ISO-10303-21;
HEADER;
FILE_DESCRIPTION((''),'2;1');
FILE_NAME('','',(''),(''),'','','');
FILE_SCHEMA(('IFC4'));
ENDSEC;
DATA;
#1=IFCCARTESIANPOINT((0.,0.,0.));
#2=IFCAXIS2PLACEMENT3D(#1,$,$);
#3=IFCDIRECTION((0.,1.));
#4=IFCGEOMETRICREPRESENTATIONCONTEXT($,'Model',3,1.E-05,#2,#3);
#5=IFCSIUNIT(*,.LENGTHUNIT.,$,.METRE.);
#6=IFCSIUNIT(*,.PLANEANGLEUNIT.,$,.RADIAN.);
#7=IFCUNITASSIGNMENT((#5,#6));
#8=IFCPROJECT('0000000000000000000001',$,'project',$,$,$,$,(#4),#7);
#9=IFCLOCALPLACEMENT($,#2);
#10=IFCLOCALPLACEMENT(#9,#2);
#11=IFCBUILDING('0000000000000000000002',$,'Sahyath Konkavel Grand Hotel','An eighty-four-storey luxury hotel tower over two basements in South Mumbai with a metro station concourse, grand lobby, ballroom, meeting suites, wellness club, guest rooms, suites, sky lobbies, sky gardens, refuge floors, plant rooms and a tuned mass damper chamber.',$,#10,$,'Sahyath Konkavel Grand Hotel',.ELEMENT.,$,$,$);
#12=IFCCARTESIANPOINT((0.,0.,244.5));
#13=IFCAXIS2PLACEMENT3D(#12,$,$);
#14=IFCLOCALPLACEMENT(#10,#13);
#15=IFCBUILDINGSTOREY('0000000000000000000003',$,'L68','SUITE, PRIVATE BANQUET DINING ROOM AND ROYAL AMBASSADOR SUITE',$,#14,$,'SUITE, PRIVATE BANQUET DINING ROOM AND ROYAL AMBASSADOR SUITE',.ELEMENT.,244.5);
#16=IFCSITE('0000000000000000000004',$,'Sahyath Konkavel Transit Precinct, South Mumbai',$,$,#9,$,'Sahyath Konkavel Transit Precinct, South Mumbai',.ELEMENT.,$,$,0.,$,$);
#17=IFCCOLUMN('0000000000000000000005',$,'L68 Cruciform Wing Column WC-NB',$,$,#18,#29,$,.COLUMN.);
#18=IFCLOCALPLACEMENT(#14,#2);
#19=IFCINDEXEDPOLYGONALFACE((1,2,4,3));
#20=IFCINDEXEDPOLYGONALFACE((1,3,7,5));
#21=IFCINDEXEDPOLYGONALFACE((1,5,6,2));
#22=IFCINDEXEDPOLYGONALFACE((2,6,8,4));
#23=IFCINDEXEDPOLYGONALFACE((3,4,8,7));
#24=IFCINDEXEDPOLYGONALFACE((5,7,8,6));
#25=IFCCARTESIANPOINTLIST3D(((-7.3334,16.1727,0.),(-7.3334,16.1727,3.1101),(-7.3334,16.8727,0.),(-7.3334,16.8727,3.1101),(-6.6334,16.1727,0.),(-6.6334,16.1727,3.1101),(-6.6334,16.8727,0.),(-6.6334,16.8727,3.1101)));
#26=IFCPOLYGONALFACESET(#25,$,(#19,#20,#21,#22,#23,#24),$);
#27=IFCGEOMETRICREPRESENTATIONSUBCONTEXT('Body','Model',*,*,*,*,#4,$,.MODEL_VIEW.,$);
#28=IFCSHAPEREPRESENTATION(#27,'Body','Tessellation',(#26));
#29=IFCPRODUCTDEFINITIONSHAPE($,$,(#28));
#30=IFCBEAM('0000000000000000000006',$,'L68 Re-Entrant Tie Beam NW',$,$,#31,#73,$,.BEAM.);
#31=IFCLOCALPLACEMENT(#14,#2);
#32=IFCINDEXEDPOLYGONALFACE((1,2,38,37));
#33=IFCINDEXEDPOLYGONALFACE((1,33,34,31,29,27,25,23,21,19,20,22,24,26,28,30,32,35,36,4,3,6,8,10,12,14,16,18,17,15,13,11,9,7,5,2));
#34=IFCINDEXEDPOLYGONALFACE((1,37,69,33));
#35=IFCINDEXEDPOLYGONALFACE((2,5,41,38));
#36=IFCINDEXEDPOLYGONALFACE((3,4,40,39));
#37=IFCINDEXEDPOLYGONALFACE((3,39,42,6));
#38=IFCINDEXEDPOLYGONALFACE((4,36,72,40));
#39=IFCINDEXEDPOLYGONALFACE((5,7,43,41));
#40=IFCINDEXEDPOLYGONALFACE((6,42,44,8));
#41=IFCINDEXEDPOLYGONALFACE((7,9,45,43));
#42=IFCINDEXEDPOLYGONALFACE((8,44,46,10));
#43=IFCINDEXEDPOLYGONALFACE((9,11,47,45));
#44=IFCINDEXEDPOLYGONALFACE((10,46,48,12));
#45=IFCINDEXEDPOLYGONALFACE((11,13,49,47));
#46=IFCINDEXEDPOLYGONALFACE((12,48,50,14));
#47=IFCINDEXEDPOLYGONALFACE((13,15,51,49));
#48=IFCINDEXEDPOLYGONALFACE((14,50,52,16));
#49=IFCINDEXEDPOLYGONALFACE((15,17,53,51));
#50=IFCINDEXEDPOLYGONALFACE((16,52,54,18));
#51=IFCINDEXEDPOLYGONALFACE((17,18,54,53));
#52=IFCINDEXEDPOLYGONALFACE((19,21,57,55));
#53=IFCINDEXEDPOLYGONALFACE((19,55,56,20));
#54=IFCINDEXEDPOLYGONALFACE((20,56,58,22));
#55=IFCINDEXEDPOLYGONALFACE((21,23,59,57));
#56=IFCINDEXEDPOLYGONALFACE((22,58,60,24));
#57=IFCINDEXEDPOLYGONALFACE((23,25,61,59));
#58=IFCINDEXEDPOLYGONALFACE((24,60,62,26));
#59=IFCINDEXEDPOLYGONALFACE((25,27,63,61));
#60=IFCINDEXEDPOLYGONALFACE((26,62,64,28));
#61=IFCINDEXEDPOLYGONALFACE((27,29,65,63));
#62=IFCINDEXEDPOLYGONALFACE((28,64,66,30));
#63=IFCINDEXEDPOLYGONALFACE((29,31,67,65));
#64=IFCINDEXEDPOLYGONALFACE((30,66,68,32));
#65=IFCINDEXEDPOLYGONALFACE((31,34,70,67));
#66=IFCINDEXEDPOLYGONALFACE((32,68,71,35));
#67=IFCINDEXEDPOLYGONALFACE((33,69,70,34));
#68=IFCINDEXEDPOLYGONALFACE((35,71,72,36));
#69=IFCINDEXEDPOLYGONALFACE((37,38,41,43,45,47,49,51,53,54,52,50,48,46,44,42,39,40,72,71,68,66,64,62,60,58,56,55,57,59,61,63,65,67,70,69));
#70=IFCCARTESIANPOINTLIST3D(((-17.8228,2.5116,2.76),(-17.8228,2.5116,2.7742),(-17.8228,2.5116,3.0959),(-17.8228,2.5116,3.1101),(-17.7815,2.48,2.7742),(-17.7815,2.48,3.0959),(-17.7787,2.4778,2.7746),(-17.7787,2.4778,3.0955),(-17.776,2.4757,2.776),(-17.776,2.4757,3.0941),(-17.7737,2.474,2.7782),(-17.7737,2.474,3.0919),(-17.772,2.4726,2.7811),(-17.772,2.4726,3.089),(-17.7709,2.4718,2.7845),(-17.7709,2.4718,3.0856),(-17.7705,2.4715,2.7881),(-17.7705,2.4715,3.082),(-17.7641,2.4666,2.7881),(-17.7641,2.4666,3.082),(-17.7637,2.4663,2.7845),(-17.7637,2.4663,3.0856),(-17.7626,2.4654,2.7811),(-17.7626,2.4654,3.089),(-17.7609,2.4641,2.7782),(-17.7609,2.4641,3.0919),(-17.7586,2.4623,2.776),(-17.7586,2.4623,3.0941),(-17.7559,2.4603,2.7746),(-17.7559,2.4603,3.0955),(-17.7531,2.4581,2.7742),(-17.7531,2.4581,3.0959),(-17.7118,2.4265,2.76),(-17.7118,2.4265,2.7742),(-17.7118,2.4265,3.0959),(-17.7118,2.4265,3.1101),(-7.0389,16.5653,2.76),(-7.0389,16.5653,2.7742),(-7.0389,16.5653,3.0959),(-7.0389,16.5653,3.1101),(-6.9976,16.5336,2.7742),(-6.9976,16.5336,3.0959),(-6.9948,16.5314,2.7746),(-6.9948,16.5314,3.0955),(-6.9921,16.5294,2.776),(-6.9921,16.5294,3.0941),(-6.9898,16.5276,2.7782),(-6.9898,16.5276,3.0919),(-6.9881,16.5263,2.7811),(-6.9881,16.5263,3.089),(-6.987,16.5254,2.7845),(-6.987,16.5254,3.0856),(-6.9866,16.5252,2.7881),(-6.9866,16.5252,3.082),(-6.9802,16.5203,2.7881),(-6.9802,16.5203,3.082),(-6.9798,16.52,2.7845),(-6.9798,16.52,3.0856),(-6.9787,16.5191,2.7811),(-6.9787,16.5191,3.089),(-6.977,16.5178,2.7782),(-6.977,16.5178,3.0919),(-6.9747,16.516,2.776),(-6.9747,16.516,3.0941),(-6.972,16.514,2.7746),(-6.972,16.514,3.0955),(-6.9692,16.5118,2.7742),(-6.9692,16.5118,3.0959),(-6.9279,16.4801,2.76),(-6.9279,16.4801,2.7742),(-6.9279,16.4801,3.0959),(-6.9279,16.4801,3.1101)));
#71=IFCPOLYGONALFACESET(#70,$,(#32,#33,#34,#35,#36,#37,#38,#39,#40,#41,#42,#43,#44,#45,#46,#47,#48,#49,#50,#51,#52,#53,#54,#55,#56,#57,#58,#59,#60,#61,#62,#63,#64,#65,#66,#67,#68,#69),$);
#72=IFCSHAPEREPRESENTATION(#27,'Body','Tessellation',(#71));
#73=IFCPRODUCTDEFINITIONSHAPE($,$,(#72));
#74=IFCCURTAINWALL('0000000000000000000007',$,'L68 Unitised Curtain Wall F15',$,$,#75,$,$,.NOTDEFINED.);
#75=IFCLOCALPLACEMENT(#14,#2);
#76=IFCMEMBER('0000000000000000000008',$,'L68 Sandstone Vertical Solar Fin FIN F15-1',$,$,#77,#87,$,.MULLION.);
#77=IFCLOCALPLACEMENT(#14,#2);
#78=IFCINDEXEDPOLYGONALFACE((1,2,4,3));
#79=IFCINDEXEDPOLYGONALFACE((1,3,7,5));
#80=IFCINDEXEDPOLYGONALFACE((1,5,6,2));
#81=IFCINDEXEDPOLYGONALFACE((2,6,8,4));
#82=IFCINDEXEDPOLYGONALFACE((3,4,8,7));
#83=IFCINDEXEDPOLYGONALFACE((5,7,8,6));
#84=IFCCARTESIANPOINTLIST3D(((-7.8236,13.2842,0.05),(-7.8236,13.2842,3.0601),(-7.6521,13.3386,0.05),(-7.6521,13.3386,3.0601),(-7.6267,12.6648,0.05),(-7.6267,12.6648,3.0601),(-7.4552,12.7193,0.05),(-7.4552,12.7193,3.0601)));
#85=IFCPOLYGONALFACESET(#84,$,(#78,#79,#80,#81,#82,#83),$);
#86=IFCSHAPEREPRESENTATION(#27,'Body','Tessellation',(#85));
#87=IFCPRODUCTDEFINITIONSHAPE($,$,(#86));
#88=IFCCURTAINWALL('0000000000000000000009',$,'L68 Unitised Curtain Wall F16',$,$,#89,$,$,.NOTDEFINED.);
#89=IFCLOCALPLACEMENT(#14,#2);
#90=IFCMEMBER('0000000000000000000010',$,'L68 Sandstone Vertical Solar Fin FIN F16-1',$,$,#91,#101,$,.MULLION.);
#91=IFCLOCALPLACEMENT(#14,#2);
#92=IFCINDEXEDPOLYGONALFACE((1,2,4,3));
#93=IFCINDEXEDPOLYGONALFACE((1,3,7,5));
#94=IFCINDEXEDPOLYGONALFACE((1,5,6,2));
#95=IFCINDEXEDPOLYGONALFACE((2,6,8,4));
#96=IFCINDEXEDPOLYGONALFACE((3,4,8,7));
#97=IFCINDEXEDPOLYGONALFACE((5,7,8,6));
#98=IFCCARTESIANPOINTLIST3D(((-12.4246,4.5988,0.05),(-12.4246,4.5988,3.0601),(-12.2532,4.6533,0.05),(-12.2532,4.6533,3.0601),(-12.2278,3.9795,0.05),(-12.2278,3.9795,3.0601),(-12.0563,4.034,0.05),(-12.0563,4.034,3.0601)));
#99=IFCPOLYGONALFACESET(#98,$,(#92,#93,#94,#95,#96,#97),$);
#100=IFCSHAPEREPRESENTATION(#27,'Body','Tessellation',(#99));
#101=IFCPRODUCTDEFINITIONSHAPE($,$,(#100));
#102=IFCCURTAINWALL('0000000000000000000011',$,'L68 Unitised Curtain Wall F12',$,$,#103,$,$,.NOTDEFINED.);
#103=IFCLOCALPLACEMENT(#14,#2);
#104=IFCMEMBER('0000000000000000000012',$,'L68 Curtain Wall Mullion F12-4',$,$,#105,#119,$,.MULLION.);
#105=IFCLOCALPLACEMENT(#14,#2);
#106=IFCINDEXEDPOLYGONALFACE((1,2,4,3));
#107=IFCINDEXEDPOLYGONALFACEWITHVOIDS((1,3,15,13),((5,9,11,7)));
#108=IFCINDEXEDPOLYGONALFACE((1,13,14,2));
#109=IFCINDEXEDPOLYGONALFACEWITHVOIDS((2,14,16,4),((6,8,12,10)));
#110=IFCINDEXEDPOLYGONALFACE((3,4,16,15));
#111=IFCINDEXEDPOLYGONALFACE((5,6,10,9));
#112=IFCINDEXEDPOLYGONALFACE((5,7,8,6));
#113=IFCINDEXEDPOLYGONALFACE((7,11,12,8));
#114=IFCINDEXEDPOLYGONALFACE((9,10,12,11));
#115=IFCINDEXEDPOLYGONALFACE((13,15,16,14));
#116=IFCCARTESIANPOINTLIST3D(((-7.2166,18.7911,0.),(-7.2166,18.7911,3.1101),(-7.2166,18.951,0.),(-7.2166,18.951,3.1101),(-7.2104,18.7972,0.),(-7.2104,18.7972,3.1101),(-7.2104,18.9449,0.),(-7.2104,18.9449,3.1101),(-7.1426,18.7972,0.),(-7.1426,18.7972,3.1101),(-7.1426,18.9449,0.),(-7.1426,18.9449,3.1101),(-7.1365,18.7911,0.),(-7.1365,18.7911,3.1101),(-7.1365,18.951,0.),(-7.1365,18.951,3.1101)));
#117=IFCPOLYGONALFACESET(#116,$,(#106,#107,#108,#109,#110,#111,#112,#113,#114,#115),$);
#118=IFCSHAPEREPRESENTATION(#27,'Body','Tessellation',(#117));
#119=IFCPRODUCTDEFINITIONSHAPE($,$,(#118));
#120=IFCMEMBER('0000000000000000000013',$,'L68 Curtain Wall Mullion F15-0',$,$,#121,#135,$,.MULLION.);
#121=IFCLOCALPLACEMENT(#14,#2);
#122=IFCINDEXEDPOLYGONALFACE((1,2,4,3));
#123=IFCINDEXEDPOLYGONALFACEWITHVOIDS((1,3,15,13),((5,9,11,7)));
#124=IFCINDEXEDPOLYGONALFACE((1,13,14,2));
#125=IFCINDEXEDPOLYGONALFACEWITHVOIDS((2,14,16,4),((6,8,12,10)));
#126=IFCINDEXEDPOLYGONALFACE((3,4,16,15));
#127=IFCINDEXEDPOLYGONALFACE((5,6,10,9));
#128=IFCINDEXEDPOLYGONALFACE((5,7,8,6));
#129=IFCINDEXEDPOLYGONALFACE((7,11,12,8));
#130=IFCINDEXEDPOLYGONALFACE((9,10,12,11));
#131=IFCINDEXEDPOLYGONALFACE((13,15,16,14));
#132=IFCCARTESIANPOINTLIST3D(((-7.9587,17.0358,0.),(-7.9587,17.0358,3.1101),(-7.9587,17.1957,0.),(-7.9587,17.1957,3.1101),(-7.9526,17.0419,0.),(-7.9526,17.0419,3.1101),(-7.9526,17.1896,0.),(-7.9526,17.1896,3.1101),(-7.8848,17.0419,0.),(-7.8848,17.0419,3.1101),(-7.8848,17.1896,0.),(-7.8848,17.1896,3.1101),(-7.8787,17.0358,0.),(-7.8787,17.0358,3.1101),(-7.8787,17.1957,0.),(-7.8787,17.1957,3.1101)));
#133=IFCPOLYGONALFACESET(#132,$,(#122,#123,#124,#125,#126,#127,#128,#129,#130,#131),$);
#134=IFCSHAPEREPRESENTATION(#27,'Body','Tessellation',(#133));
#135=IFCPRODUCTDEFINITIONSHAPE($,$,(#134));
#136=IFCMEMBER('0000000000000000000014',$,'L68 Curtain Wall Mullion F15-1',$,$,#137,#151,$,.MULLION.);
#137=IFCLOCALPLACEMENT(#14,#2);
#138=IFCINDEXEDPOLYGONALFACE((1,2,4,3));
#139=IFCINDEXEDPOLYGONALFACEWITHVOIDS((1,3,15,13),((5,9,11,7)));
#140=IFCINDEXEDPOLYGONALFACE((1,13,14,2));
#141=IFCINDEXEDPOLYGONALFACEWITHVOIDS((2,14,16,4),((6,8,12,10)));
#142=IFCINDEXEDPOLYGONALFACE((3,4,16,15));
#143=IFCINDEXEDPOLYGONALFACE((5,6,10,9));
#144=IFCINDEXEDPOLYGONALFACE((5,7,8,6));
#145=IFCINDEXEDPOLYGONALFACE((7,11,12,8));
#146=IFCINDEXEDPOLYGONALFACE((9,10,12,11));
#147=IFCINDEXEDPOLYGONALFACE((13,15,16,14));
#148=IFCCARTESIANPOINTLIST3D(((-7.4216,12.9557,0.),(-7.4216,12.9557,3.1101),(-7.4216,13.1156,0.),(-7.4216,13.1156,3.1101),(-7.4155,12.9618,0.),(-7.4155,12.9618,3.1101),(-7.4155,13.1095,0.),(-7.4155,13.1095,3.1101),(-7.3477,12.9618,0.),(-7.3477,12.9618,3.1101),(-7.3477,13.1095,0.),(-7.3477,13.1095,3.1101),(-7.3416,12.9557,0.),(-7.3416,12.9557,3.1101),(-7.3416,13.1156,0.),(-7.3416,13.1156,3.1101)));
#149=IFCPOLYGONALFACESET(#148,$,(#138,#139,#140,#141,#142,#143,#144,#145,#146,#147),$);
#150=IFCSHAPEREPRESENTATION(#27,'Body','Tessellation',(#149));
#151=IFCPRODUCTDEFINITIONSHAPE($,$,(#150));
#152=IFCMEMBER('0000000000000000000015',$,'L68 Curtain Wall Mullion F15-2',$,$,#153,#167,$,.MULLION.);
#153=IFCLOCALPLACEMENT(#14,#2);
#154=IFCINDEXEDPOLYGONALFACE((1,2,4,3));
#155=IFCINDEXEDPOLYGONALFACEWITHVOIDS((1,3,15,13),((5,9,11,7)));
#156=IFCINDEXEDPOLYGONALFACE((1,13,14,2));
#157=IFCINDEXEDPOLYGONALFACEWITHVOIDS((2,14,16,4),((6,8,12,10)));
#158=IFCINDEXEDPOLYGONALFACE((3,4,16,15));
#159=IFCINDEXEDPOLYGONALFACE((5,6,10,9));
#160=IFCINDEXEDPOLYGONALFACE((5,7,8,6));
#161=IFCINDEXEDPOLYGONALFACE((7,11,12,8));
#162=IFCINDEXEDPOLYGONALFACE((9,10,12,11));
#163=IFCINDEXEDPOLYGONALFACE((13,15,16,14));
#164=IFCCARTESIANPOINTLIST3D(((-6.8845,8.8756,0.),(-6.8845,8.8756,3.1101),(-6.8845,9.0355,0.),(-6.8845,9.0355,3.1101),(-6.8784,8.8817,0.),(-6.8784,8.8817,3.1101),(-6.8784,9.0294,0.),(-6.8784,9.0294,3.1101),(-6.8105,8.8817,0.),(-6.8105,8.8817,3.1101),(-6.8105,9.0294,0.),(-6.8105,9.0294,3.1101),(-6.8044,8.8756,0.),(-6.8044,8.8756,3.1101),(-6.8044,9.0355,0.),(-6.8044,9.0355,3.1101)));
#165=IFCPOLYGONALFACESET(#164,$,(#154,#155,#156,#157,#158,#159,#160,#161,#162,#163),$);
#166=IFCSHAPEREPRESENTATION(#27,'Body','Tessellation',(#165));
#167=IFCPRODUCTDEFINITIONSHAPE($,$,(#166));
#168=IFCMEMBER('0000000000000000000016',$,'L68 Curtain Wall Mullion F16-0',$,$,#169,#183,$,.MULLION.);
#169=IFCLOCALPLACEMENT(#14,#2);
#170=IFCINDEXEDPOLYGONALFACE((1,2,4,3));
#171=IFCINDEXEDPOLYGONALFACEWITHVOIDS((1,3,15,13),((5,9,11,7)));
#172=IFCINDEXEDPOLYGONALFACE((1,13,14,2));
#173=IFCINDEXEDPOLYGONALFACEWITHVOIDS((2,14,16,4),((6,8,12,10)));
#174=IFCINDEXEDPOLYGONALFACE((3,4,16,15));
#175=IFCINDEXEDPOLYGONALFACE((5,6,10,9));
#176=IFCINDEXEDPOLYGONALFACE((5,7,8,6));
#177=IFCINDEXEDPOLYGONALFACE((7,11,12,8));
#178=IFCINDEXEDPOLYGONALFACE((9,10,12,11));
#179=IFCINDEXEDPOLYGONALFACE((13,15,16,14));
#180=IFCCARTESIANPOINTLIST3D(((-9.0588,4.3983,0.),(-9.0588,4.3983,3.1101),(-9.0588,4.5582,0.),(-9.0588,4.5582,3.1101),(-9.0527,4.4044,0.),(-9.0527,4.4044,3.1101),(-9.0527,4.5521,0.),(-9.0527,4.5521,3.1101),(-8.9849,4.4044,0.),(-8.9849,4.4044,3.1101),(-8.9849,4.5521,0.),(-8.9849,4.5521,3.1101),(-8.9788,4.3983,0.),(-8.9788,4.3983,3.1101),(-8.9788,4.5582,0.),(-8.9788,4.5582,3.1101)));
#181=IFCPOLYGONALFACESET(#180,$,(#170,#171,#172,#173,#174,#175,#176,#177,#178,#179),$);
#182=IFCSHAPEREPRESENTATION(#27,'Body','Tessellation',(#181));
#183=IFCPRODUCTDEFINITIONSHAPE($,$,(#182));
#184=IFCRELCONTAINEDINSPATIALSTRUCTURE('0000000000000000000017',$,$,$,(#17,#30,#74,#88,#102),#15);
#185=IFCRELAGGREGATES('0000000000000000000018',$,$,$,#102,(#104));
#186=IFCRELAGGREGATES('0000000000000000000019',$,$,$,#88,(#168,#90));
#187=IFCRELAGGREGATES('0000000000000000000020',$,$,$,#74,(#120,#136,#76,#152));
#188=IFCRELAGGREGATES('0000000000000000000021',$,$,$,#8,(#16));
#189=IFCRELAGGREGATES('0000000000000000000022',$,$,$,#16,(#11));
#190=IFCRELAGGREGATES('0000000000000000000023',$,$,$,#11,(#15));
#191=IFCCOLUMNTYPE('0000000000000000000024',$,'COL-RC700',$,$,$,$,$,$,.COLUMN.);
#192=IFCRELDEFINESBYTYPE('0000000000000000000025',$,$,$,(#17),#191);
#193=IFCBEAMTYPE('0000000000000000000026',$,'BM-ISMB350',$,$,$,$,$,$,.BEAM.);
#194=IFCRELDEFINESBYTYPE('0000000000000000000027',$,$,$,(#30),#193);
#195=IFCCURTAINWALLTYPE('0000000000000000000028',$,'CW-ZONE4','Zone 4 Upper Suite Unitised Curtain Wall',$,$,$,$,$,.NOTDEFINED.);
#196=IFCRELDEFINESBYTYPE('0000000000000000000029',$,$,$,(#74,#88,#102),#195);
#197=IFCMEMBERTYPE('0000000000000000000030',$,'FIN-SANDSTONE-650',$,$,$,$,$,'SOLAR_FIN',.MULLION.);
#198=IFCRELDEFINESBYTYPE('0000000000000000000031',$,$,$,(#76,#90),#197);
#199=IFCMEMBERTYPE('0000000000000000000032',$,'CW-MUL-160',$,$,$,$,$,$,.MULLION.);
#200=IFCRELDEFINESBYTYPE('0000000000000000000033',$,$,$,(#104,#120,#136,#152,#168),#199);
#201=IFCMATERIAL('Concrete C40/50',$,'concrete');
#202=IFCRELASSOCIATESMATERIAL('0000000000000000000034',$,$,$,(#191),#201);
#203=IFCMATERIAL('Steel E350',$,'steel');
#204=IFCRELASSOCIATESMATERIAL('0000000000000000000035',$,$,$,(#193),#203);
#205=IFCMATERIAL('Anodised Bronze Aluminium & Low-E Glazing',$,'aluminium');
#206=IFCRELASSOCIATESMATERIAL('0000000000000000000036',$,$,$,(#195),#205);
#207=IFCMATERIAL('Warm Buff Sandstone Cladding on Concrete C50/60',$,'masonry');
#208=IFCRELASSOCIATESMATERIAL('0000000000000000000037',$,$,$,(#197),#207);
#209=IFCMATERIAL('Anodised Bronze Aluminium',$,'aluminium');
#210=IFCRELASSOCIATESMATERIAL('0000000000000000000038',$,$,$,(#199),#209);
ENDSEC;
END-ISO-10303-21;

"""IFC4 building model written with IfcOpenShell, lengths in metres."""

from ifc_helpers import new_model, si_unit, direction, frame, origin, origin_2d, place, context, subcontext, project, spatial, rectangle, hollow_rectangle, i_section, extrude, source, transform, mapped, material, material_profile, profile_set, type_object, element, aggregate, save


model = new_model("IFC4")

# Units and contexts
model_context = context("Model", 3, precision=1e-05, world=origin(), true_north=direction((0.0, 1.0)))
body_context = subcontext(model_context, "Body", "Model", "MODEL_VIEW")
ifc_project = project(units=[si_unit("LENGTHUNIT", "METRE"), si_unit("PLANEANGLEUNIT", "RADIAN")], contexts=[model_context])

# Site, building, storey
site_placement = place(None, origin())
site = spatial("IfcSite", under=ifc_project, at=site_placement, Name="Sahyath Konkavel Transit Precinct, South Mumbai", LongName="Sahyath Konkavel Transit Precinct, South Mumbai", CompositionType="ELEMENT", RefElevation=0.0)
building_placement = place(site_placement, origin())
building = spatial("IfcBuilding", under=site, at=building_placement, Name="Sahyath Konkavel Grand Hotel", Description="An eighty-four-storey luxury hotel tower over two basements in South Mumbai with a metro station concourse, grand lobby, ballroom, meeting suites, wellness club, guest rooms, suites, sky lobbies, sky gardens, refuge floors, plant rooms and a tuned mass damper chamber.", LongName="Sahyath Konkavel Grand Hotel", CompositionType="ELEMENT")
storey_placement = place(building_placement, frame((0.0, 0.0, 244.5)))
storey = spatial("IfcBuildingStorey", under=building, at=storey_placement, Name="L68", Description="SUITE, PRIVATE BANQUET DINING ROOM AND ROYAL AMBASSADOR SUITE", LongName="SUITE, PRIVATE BANQUET DINING ROOM AND ROYAL AMBASSADOR SUITE", CompositionType="ELEMENT", Elevation=244.5)

# Column
ifc_material_1 = material(Name="Concrete C40/50", Category="concrete")
ifc_material_profile_1 = material_profile(ifc_material_1, rectangle(XDim=0.7, YDim=0.7, at=origin_2d()), Name="RC 700x700")
ifc_profile_set_1 = profile_set([ifc_material_profile_1], Name="Concrete C40/50")
column_type = type_object("IfcColumnType", Name="COL-RC700", PredefinedType="COLUMN", material=ifc_profile_set_1)
shared_shape_1 = source(origin(), body_context, "Body", "SweptSolid", [
    extrude(rectangle(XDim=0.7, YDim=0.7, at=origin_2d()), origin(), (0.0, 0.0, 1.0), 3.1101),
])
column_placement = place(storey_placement, frame((-6.9834, 16.5227, 0.0), z_axis=(0.0, 0.0, 1.0), x_axis=(1.0, 0.0, 0.0)))
element("IfcColumn", 1, at=column_placement, inside=storey, type_object=column_type, Name="L68 Cruciform Wing Column WC-NB", PredefinedType="COLUMN", context=body_context, shape_type="MappedRepresentation", body=[
    mapped(shared_shape_1, transform((0.0, 0.0, 0.0), scale=1.0)),
])

# Beam
ifc_material_2 = material(Name="Steel E350", Category="steel")
ifc_material_profile_2 = material_profile(ifc_material_2, i_section(OverallWidth=0.1399, OverallDepth=0.3501, WebThickness=0.0081, FlangeThickness=0.0142, FilletRadius=0.0139, at=origin_2d()), Name="ISMB 350")
ifc_profile_set_2 = profile_set([ifc_material_profile_2], Name="Steel E350")
beam_type = type_object("IfcBeamType", Name="BM-ISMB350", PredefinedType="BEAM", material=ifc_profile_set_2)
shared_shape_2 = source(origin(), body_context, "Body", "SweptSolid", [
    extrude(i_section(OverallWidth=0.1399, OverallDepth=0.3501, WebThickness=0.0081, FlangeThickness=0.0142, FilletRadius=0.0139, at=origin_2d()), origin(), (0.0, 0.0, 1.0), 17.7144),
])
beam_placement = place(storey_placement, frame((-6.9834, 16.5227, 2.9351), z_axis=(-0.608767, -0.793349, 0.0), x_axis=(0.793349, -0.608767, 0.0)))
element("IfcBeam", 2, at=beam_placement, inside=storey, type_object=beam_type, Name="L68 Re-Entrant Tie Beam NW", PredefinedType="BEAM", context=body_context, shape_type="MappedRepresentation", body=[
    mapped(shared_shape_2, transform((0.0, 0.0, 0.0), scale=1.0)),
])

# Curtain walls, members
ifc_material_3 = material(Name="Anodised Bronze Aluminium & Low-E Glazing", Category="aluminium")
curtain_wall_type = type_object("IfcCurtainWallType", Name="CW-ZONE4", Description="Zone 4 Upper Suite Unitised Curtain Wall", PredefinedType="NOTDEFINED", material=ifc_material_3)
curtain_wall_1_placement = place(storey_placement, origin())
curtain_wall_1 = element("IfcCurtainWall", 3, at=curtain_wall_1_placement, inside=storey, type_object=curtain_wall_type, Name="L68 Unitised Curtain Wall F15", PredefinedType="NOTDEFINED")
ifc_material_4 = material(Name="Warm Buff Sandstone Cladding on Concrete C50/60", Category="masonry")
ifc_material_profile_3 = material_profile(ifc_material_4, rectangle(XDim=0.1799, YDim=0.6499, at=origin_2d()), Name="FIN 180x650")
ifc_profile_set_3 = profile_set([ifc_material_profile_3], Name="Warm Buff Sandstone Cladding on Concrete C50/60")
member_type_1 = type_object("IfcMemberType", Name="FIN-SANDSTONE-650", ElementType="SOLAR_FIN", PredefinedType="MULLION", material=ifc_profile_set_3)
shared_shape_3 = source(origin(), body_context, "Body", "SweptSolid", [
    extrude(rectangle(XDim=0.1799, YDim=0.6499, at=origin_2d()), origin(), (0.0, 0.0, 1.0), 3.01),
])
member_1_placement = place(storey_placement, frame((-7.6394, 13.0017, 0.05), z_axis=(0.0, 0.0, 1.0), x_axis=(0.953032, 0.302869, 0.0)))
member_1 = element("IfcMember", 4, at=member_1_placement, type_object=member_type_1, Name="L68 Sandstone Vertical Solar Fin FIN F15-1", PredefinedType="MULLION", context=body_context, shape_type="MappedRepresentation", body=[
    mapped(shared_shape_3, transform((0.0, 0.0, 0.0), scale=1.0)),
])
curtain_wall_2_placement = place(storey_placement, origin())
curtain_wall_2 = element("IfcCurtainWall", 5, at=curtain_wall_2_placement, inside=storey, type_object=curtain_wall_type, Name="L68 Unitised Curtain Wall F16", PredefinedType="NOTDEFINED")
member_2_placement = place(storey_placement, frame((-12.2405, 4.3164, 0.05), z_axis=(0.0, 0.0, 1.0), x_axis=(0.953032, 0.302869, 0.0)))
member_2 = element("IfcMember", 6, at=member_2_placement, type_object=member_type_1, Name="L68 Sandstone Vertical Solar Fin FIN F16-1", PredefinedType="MULLION", context=body_context, shape_type="MappedRepresentation", body=[
    mapped(shared_shape_3, transform((0.0, 0.0, 0.0), scale=1.0)),
])
curtain_wall_3_placement = place(storey_placement, origin())
curtain_wall_3 = element("IfcCurtainWall", 7, at=curtain_wall_3_placement, inside=storey, type_object=curtain_wall_type, Name="L68 Unitised Curtain Wall F12", PredefinedType="NOTDEFINED")
ifc_material_5 = material(Name="Anodised Bronze Aluminium", Category="aluminium")
ifc_material_profile_4 = material_profile(ifc_material_5, hollow_rectangle(XDim=0.0801, YDim=0.1599, WallThickness=0.0061, at=origin_2d()), Name="RHS 160x80x6")
ifc_profile_set_4 = profile_set([ifc_material_profile_4], Name="Anodised Bronze Aluminium")
member_type_2 = type_object("IfcMemberType", Name="CW-MUL-160", PredefinedType="MULLION", material=ifc_profile_set_4)
shared_shape_4 = source(origin(), body_context, "Body", "SweptSolid", [
    extrude(hollow_rectangle(XDim=0.0801, YDim=0.1599, WallThickness=0.0061, at=origin_2d()), origin(), (0.0, 0.0, 1.0), 3.1101),
])
member_3_placement = place(storey_placement, frame((-7.1765, 18.8711, 0.0), z_axis=(0.0, 0.0, 1.0), x_axis=(1.0, 0.0, 0.0)))
member_3 = element("IfcMember", 8, at=member_3_placement, type_object=member_type_2, Name="L68 Curtain Wall Mullion F12-4", PredefinedType="MULLION", context=body_context, shape_type="MappedRepresentation", body=[
    mapped(shared_shape_4, transform((0.0, 0.0, 0.0), scale=1.0)),
])
aggregate(curtain_wall_3, [member_3])

# Members
member_4_placement = place(storey_placement, frame((-7.9187, 17.1157, 0.0), z_axis=(0.0, 0.0, 1.0), x_axis=(1.0, 0.0, 0.0)))
member_4 = element("IfcMember", 9, at=member_4_placement, type_object=member_type_2, Name="L68 Curtain Wall Mullion F15-0", PredefinedType="MULLION", context=body_context, shape_type="MappedRepresentation", body=[
    mapped(shared_shape_4, transform((0.0, 0.0, 0.0), scale=1.0)),
])
member_5_placement = place(storey_placement, frame((-7.3816, 13.0356, 0.0), z_axis=(0.0, 0.0, 1.0), x_axis=(1.0, 0.0, 0.0)))
member_5 = element("IfcMember", 10, at=member_5_placement, type_object=member_type_2, Name="L68 Curtain Wall Mullion F15-1", PredefinedType="MULLION", context=body_context, shape_type="MappedRepresentation", body=[
    mapped(shared_shape_4, transform((0.0, 0.0, 0.0), scale=1.0)),
])
member_6_placement = place(storey_placement, frame((-6.8445, 8.9556, 0.0), z_axis=(0.0, 0.0, 1.0), x_axis=(1.0, 0.0, 0.0)))
member_6 = element("IfcMember", 11, at=member_6_placement, type_object=member_type_2, Name="L68 Curtain Wall Mullion F15-2", PredefinedType="MULLION", context=body_context, shape_type="MappedRepresentation", body=[
    mapped(shared_shape_4, transform((0.0, 0.0, 0.0), scale=1.0)),
])
member_7_placement = place(storey_placement, frame((-9.0188, 4.4783, 0.0), z_axis=(0.0, 0.0, 1.0), x_axis=(1.0, 0.0, 0.0)))
member_7 = element("IfcMember", 12, at=member_7_placement, type_object=member_type_2, Name="L68 Curtain Wall Mullion F16-0", PredefinedType="MULLION", context=body_context, shape_type="MappedRepresentation", body=[
    mapped(shared_shape_4, transform((0.0, 0.0, 0.0), scale=1.0)),
])

aggregate(curtain_wall_2, [member_7, member_2])
aggregate(curtain_wall_1, [member_4, member_5, member_1, member_6])

save(model, "model.ifc")
